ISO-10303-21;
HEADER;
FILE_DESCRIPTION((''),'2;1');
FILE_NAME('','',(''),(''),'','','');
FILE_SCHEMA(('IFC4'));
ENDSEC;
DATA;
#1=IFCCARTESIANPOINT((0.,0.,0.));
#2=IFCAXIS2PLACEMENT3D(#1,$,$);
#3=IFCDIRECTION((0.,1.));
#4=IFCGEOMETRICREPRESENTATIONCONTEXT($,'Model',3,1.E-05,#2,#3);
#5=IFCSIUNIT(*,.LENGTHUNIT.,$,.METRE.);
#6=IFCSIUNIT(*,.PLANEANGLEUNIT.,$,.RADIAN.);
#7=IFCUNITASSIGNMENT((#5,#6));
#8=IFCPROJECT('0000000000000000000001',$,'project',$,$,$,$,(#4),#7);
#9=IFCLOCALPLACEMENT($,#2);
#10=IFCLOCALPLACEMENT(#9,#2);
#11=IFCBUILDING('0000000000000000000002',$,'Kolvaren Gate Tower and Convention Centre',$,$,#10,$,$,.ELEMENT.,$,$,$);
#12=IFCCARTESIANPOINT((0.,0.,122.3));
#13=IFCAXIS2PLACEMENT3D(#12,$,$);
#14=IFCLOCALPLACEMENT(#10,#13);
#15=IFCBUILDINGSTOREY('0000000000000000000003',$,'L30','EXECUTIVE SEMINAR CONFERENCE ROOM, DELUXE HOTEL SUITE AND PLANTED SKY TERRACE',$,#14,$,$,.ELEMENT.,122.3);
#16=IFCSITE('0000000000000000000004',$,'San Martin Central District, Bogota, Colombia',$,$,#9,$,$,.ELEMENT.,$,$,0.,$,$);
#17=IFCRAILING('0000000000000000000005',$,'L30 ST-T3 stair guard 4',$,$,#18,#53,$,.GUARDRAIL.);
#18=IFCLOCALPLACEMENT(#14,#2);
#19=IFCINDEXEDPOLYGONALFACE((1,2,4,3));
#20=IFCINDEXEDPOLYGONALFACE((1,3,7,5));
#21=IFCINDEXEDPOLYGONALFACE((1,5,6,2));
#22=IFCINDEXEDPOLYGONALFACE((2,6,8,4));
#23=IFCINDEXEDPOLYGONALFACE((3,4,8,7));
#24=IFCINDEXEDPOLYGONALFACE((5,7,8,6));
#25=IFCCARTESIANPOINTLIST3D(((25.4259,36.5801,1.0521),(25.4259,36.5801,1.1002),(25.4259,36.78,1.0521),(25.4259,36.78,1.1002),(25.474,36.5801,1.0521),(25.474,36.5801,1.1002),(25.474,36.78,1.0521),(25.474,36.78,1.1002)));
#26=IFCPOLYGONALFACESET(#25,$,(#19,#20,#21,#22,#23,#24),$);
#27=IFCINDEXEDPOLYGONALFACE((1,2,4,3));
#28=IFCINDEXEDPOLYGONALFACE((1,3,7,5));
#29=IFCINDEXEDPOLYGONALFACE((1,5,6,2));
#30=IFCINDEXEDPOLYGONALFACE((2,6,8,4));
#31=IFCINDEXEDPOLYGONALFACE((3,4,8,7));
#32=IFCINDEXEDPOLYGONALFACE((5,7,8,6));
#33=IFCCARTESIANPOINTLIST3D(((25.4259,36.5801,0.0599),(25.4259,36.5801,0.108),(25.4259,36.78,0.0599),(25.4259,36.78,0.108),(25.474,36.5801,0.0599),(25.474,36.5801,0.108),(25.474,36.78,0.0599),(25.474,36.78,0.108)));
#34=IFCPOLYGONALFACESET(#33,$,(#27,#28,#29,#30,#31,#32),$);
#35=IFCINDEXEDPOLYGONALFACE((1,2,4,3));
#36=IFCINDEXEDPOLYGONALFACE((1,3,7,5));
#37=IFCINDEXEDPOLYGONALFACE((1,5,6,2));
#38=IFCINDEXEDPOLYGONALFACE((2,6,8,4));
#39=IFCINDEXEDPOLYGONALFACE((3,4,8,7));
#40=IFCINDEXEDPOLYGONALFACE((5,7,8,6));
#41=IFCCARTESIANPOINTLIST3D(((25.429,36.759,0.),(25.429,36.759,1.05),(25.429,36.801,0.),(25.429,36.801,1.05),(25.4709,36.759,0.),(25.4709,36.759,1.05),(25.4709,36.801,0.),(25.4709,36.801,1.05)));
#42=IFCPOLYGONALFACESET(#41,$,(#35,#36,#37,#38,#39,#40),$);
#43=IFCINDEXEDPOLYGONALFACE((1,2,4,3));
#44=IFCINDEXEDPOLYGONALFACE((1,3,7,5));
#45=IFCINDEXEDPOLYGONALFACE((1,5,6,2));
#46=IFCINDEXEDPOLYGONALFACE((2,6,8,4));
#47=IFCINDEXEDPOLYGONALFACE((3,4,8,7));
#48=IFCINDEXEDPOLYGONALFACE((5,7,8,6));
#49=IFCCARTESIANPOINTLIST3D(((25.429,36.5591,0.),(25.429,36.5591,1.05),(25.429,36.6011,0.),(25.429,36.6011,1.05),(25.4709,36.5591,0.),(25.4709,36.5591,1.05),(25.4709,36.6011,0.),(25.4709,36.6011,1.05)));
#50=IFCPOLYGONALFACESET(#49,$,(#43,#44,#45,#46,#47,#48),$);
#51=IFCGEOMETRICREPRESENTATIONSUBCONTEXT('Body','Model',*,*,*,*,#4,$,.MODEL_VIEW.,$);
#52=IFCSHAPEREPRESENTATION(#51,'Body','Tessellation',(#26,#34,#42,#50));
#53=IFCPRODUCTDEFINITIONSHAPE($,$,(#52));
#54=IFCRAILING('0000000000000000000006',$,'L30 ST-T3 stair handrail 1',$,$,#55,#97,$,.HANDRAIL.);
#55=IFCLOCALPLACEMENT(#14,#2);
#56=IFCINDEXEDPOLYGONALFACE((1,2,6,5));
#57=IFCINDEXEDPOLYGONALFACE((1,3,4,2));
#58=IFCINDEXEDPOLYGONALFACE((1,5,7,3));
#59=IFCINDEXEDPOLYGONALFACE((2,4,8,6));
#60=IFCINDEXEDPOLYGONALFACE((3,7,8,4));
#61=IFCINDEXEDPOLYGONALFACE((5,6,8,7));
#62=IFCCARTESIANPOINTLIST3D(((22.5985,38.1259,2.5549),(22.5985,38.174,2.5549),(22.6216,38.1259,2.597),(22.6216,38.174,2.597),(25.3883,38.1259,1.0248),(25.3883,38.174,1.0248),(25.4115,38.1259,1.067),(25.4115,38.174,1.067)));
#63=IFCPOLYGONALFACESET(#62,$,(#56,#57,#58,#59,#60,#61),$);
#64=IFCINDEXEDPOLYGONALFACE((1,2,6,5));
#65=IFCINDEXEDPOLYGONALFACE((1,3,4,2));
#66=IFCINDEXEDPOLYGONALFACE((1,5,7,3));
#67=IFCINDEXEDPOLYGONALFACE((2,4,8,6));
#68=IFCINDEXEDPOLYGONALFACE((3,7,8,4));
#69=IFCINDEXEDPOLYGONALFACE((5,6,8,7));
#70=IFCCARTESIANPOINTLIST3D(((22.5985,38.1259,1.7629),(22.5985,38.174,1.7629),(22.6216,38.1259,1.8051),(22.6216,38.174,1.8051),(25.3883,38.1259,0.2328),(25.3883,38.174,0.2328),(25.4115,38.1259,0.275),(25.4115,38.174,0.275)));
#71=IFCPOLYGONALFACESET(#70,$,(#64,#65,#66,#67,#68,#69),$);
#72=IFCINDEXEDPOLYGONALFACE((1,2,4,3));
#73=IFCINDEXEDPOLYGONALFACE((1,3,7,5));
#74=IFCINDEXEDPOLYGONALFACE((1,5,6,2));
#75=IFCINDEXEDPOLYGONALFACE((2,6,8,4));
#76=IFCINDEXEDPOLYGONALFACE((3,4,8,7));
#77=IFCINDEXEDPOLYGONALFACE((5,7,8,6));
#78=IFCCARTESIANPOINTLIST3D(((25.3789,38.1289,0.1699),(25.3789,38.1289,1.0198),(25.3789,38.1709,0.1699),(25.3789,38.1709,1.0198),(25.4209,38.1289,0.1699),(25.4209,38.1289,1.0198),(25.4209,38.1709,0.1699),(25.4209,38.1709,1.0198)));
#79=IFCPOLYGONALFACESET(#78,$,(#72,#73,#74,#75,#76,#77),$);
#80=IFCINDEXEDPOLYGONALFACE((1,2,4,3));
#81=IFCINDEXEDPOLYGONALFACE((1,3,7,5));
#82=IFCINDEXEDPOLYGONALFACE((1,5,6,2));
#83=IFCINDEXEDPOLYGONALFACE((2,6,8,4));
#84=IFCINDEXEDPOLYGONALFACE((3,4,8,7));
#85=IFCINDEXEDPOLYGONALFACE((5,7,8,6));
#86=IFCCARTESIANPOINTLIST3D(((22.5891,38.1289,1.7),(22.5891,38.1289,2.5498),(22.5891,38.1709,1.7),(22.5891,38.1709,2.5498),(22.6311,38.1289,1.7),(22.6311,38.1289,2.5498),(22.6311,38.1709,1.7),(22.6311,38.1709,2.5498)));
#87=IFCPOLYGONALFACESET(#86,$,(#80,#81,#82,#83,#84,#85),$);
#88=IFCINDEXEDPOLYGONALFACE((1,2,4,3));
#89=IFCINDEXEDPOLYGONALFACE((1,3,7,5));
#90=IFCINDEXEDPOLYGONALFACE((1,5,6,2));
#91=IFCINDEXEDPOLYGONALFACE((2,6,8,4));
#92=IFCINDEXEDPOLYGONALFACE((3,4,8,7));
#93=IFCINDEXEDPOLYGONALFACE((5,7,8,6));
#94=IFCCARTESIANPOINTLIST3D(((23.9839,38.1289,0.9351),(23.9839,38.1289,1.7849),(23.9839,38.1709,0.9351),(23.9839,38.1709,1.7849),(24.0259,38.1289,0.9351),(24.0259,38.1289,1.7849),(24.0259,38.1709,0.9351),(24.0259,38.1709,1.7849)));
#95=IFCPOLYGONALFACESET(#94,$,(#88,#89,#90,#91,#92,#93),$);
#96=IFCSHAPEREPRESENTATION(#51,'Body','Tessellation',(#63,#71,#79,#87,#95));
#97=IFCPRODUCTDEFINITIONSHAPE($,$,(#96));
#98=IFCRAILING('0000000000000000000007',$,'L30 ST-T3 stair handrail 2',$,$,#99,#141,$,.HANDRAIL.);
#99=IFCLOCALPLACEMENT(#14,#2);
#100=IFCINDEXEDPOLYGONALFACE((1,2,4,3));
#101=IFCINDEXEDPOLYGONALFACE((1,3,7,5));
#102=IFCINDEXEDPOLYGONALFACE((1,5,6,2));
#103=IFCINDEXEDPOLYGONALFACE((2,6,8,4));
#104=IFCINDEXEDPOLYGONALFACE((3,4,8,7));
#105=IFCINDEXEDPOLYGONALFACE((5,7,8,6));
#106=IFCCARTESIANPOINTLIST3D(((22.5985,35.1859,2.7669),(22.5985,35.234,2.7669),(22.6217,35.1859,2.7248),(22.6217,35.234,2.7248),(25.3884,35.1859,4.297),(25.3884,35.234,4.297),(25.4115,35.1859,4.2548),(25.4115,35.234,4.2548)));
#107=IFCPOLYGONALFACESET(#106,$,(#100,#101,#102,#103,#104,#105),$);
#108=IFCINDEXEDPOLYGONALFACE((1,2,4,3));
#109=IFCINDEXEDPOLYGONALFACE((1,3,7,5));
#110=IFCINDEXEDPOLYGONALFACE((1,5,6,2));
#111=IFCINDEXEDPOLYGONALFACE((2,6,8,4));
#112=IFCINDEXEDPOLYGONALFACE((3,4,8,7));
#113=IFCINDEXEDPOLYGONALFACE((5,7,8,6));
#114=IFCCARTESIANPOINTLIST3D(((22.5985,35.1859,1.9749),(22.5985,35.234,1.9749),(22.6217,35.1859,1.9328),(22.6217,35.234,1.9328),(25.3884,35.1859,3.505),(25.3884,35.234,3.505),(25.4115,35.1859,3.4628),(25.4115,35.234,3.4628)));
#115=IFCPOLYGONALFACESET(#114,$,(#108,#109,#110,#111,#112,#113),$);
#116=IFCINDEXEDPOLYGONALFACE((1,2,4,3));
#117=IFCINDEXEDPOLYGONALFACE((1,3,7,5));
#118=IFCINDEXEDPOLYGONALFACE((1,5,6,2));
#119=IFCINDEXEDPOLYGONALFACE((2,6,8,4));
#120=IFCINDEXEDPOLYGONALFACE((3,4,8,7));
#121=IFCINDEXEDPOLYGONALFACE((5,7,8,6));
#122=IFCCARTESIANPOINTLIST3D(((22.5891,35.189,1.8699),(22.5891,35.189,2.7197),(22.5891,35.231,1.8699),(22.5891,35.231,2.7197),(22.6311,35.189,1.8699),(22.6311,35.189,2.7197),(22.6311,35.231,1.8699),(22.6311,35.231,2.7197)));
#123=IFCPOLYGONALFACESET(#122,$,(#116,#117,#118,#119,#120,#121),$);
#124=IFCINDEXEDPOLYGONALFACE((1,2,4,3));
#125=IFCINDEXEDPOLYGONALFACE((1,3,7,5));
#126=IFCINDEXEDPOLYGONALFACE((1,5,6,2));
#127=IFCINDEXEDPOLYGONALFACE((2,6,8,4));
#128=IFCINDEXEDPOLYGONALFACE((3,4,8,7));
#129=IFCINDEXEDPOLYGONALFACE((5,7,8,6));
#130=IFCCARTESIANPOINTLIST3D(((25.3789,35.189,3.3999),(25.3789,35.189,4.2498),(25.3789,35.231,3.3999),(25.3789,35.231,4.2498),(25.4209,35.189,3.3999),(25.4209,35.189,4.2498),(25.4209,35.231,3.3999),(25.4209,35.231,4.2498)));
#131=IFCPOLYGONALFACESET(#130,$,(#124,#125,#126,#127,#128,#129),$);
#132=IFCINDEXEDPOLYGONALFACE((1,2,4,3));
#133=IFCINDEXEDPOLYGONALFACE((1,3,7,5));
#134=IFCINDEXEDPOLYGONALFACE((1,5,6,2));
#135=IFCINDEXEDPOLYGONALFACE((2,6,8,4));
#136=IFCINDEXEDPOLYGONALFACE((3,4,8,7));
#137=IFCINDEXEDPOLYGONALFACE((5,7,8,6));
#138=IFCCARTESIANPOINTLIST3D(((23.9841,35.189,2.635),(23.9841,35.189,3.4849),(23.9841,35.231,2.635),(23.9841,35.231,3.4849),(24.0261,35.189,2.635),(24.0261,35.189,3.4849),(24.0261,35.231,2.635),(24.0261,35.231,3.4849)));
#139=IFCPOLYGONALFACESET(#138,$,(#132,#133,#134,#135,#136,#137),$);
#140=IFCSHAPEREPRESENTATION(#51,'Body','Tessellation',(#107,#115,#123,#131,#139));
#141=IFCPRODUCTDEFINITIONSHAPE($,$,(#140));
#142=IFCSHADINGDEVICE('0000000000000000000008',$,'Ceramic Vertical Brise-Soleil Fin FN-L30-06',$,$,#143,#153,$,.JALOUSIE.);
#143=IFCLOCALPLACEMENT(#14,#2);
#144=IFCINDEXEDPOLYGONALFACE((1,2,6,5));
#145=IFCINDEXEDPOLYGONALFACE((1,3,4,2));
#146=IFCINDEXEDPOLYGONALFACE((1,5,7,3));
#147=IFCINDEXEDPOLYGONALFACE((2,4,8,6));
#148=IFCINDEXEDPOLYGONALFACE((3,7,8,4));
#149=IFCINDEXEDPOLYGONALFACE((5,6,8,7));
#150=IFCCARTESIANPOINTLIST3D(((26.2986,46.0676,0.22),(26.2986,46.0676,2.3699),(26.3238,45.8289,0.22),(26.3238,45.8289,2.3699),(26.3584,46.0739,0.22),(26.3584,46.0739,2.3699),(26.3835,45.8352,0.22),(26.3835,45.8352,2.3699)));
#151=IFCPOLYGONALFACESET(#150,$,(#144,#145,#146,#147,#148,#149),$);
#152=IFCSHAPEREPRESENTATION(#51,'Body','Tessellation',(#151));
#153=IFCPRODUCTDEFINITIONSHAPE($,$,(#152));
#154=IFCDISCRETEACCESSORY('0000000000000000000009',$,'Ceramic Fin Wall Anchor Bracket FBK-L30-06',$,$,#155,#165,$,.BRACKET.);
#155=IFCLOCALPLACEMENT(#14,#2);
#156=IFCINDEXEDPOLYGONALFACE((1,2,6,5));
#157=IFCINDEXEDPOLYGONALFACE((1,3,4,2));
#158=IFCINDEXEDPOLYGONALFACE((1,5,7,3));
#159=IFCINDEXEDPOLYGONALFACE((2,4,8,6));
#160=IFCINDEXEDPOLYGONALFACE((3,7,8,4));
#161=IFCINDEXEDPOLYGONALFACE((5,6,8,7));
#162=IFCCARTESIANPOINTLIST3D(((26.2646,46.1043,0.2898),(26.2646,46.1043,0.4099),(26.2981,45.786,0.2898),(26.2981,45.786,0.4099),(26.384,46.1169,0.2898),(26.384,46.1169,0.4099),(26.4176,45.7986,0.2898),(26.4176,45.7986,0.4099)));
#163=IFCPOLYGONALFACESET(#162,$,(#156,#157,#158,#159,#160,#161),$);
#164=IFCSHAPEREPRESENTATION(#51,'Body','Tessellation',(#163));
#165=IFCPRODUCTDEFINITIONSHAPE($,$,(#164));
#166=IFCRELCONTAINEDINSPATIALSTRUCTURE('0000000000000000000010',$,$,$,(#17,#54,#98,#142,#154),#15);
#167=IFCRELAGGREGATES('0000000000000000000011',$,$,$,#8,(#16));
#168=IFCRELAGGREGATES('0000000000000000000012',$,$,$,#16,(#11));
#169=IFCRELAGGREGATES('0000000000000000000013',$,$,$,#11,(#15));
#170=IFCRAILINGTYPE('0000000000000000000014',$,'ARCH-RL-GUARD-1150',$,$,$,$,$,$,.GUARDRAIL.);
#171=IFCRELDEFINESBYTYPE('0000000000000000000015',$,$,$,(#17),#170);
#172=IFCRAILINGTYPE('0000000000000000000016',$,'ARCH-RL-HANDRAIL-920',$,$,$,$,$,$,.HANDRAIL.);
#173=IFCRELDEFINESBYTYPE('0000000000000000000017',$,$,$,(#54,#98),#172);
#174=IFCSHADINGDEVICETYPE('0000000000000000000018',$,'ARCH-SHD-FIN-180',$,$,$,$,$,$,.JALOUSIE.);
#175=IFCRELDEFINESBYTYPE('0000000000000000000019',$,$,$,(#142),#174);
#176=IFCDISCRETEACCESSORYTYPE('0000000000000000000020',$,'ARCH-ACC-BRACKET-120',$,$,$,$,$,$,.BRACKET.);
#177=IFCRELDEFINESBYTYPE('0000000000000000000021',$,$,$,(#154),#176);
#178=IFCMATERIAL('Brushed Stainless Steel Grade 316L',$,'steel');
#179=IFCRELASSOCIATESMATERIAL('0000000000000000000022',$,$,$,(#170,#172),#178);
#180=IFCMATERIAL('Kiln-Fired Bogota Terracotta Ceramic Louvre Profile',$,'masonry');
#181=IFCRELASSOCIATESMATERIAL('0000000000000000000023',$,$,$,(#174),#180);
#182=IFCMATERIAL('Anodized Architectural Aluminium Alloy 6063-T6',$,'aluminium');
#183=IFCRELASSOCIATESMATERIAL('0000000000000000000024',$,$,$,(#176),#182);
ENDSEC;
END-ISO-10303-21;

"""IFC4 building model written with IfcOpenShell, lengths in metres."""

from ifc_helpers import new_model, si_unit, direction, frame, origin, origin_2d, place, context, subcontext, project, spatial, rectangle, extrude, material, type_object, element, save


model = new_model("IFC4")

# Units and contexts
model_context = context("Model", 3, precision=1e-05, world=origin(), true_north=direction((0.0, 1.0)))
body_context = subcontext(model_context, "Body", "Model", "MODEL_VIEW")
ifc_project = project(units=[si_unit("LENGTHUNIT", "METRE"), si_unit("PLANEANGLEUNIT", "RADIAN")], contexts=[model_context])

# Site, building, storey
site_placement = place(None, origin())
site = spatial("IfcSite", under=ifc_project, at=site_placement, Name="San Martin Central District, Bogota, Colombia", CompositionType="ELEMENT", RefElevation=0.0)
building_placement = place(site_placement, origin())
building = spatial("IfcBuilding", under=site, at=building_placement, Name="Kolvaren Gate Tower and Convention Centre", CompositionType="ELEMENT")
storey_placement = place(building_placement, frame((0.0, 0.0, 122.3)))
storey = spatial("IfcBuildingStorey", under=building, at=storey_placement, Name="L30", Description="EXECUTIVE SEMINAR CONFERENCE ROOM, DELUXE HOTEL SUITE AND PLANTED SKY TERRACE", CompositionType="ELEMENT", Elevation=122.3)

# Railings
ifc_material_1 = material(Name="Brushed Stainless Steel Grade 316L", Category="steel")
railing_type_1 = type_object("IfcRailingType", Name="ARCH-RL-GUARD-1150", PredefinedType="GUARDRAIL", material=ifc_material_1)
railing_1_placement = place(storey_placement, frame((25.45, 36.78, 0.0)))
element("IfcRailing", 1, at=railing_1_placement, inside=storey, type_object=railing_type_1, Name="L30 ST-T3 stair guard 4", PredefinedType="GUARDRAIL", context=body_context, shape_type="SweptSolid", body=[
    extrude(rectangle(XDim=0.0481, YDim=0.0481, at=origin_2d()), frame((0.0, 0.0, 1.0762), z_axis=(0.0, -1.0, 0.0), x_axis=(1.0, 0.0, 0.0)), (0.0, 0.0, 1.0), 0.2),
    extrude(rectangle(XDim=0.0481, YDim=0.0481, at=origin_2d()), frame((0.0, 0.0, 0.084), z_axis=(0.0, -1.0, 0.0), x_axis=(1.0, 0.0, 0.0)), (0.0, 0.0, 1.0), 0.2),
    extrude(rectangle(XDim=0.042, YDim=0.042, at=origin_2d()), origin(), (0.0, 0.0, 1.0), 1.05),
    extrude(rectangle(XDim=0.042, YDim=0.042, at=origin_2d()), frame((0.0, -0.2, 0.0)), (0.0, 0.0, 1.0), 1.05),
])
railing_type_2 = type_object("IfcRailingType", Name="ARCH-RL-HANDRAIL-920", PredefinedType="HANDRAIL", material=ifc_material_1)
railing_2_placement = place(storey_placement, frame((25.3999, 38.1499, 0.1699)))
element("IfcRailing", 2, at=railing_2_placement, inside=storey, type_object=railing_type_2, Name="L30 ST-T3 stair handrail 1", PredefinedType="HANDRAIL", context=body_context, shape_type="SweptSolid", body=[
    extrude(rectangle(XDim=0.0481, YDim=0.0481, at=origin_2d()), frame((0.0, 0.0, 0.876), z_axis=(-0.876794, 0.0, 0.480867), x_axis=(0.0, -1.0, 0.0)), (0.0, 0.0, 1.0), 3.1819),
    extrude(rectangle(XDim=0.0481, YDim=0.0481, at=origin_2d()), frame((0.0, 0.0, 0.084), z_axis=(-0.876794, 0.0, 0.480867), x_axis=(0.0, -1.0, 0.0)), (0.0, 0.0, 1.0), 3.1819),
    extrude(rectangle(XDim=0.042, YDim=0.042, at=origin_2d()), origin(), (0.0, 0.0, 1.0), 0.8499),
    extrude(rectangle(XDim=0.042, YDim=0.042, at=origin_2d()), frame((-2.7898, 0.0, 1.53)), (0.0, 0.0, 1.0), 0.8499),
    extrude(rectangle(XDim=0.042, YDim=0.042, at=origin_2d()), frame((-1.395, 0.0, 0.7651)), (0.0, 0.0, 1.0), 0.8499),
])
railing_3_placement = place(storey_placement, frame((22.6101, 35.21, 1.8699)))
element("IfcRailing", 3, at=railing_3_placement, inside=storey, type_object=railing_type_2, Name="L30 ST-T3 stair handrail 2", PredefinedType="HANDRAIL", context=body_context, shape_type="SweptSolid", body=[
    extrude(rectangle(XDim=0.0481, YDim=0.0481, at=origin_2d()), frame((0.0, 0.0, 0.876), z_axis=(0.876794, 0.0, 0.480867), x_axis=(0.0, 1.0, 0.0)), (0.0, 0.0, 1.0), 3.1819),
    extrude(rectangle(XDim=0.0481, YDim=0.0481, at=origin_2d()), frame((0.0, 0.0, 0.084), z_axis=(0.876794, 0.0, 0.480867), x_axis=(0.0, 1.0, 0.0)), (0.0, 0.0, 1.0), 3.1819),
    extrude(rectangle(XDim=0.042, YDim=0.042, at=origin_2d()), origin(), (0.0, 0.0, 1.0), 0.8499),
    extrude(rectangle(XDim=0.042, YDim=0.042, at=origin_2d()), frame((2.7898, 0.0, 1.53)), (0.0, 0.0, 1.0), 0.8499),
    extrude(rectangle(XDim=0.042, YDim=0.042, at=origin_2d()), frame((1.395, 0.0, 0.7651)), (0.0, 0.0, 1.0), 0.8499),
])

# Shading device
ifc_material_2 = material(Name="Kiln-Fired Bogota Terracotta Ceramic Louvre Profile", Category="masonry")
shading_device_type = type_object("IfcShadingDeviceType", Name="ARCH-SHD-FIN-180", PredefinedType="JALOUSIE", material=ifc_material_2)
shading_device_placement = place(storey_placement, frame((26.3411, 45.9514, 0.22), z_axis=(0.0, 0.0, 1.0), x_axis=(0.9945, 0.104737, 0.0)))
element("IfcShadingDevice", 4, at=shading_device_placement, inside=storey, type_object=shading_device_type, Name="Ceramic Vertical Brise-Soleil Fin FN-L30-06", PredefinedType="JALOUSIE", context=body_context, shape_type="SweptSolid", body=[
    extrude(rectangle(XDim=0.0601, YDim=0.24, at=origin_2d()), origin(), (0.0, 0.0, 1.0), 2.1499),
])

# Discrete accessory
ifc_material_3 = material(Name="Anodized Architectural Aluminium Alloy 6063-T6", Category="aluminium")
discrete_accessory_type = type_object("IfcDiscreteAccessoryType", Name="ARCH-ACC-BRACKET-120", PredefinedType="BRACKET", material=ifc_material_3)
discrete_accessory_placement = place(storey_placement, frame((26.3411, 45.9514, 0.2898), z_axis=(0.0, 0.0, 1.0), x_axis=(0.9945, 0.104737, 0.0)))
element("IfcDiscreteAccessory", 5, at=discrete_accessory_placement, inside=storey, type_object=discrete_accessory_type, Name="Ceramic Fin Wall Anchor Bracket FBK-L30-06", PredefinedType="BRACKET", context=body_context, shape_type="SweptSolid", body=[
    extrude(rectangle(XDim=0.1201, YDim=0.3201, at=origin_2d()), origin(), (0.0, 0.0, 1.0), 0.1201),
])

save(model, "model.ifc")
